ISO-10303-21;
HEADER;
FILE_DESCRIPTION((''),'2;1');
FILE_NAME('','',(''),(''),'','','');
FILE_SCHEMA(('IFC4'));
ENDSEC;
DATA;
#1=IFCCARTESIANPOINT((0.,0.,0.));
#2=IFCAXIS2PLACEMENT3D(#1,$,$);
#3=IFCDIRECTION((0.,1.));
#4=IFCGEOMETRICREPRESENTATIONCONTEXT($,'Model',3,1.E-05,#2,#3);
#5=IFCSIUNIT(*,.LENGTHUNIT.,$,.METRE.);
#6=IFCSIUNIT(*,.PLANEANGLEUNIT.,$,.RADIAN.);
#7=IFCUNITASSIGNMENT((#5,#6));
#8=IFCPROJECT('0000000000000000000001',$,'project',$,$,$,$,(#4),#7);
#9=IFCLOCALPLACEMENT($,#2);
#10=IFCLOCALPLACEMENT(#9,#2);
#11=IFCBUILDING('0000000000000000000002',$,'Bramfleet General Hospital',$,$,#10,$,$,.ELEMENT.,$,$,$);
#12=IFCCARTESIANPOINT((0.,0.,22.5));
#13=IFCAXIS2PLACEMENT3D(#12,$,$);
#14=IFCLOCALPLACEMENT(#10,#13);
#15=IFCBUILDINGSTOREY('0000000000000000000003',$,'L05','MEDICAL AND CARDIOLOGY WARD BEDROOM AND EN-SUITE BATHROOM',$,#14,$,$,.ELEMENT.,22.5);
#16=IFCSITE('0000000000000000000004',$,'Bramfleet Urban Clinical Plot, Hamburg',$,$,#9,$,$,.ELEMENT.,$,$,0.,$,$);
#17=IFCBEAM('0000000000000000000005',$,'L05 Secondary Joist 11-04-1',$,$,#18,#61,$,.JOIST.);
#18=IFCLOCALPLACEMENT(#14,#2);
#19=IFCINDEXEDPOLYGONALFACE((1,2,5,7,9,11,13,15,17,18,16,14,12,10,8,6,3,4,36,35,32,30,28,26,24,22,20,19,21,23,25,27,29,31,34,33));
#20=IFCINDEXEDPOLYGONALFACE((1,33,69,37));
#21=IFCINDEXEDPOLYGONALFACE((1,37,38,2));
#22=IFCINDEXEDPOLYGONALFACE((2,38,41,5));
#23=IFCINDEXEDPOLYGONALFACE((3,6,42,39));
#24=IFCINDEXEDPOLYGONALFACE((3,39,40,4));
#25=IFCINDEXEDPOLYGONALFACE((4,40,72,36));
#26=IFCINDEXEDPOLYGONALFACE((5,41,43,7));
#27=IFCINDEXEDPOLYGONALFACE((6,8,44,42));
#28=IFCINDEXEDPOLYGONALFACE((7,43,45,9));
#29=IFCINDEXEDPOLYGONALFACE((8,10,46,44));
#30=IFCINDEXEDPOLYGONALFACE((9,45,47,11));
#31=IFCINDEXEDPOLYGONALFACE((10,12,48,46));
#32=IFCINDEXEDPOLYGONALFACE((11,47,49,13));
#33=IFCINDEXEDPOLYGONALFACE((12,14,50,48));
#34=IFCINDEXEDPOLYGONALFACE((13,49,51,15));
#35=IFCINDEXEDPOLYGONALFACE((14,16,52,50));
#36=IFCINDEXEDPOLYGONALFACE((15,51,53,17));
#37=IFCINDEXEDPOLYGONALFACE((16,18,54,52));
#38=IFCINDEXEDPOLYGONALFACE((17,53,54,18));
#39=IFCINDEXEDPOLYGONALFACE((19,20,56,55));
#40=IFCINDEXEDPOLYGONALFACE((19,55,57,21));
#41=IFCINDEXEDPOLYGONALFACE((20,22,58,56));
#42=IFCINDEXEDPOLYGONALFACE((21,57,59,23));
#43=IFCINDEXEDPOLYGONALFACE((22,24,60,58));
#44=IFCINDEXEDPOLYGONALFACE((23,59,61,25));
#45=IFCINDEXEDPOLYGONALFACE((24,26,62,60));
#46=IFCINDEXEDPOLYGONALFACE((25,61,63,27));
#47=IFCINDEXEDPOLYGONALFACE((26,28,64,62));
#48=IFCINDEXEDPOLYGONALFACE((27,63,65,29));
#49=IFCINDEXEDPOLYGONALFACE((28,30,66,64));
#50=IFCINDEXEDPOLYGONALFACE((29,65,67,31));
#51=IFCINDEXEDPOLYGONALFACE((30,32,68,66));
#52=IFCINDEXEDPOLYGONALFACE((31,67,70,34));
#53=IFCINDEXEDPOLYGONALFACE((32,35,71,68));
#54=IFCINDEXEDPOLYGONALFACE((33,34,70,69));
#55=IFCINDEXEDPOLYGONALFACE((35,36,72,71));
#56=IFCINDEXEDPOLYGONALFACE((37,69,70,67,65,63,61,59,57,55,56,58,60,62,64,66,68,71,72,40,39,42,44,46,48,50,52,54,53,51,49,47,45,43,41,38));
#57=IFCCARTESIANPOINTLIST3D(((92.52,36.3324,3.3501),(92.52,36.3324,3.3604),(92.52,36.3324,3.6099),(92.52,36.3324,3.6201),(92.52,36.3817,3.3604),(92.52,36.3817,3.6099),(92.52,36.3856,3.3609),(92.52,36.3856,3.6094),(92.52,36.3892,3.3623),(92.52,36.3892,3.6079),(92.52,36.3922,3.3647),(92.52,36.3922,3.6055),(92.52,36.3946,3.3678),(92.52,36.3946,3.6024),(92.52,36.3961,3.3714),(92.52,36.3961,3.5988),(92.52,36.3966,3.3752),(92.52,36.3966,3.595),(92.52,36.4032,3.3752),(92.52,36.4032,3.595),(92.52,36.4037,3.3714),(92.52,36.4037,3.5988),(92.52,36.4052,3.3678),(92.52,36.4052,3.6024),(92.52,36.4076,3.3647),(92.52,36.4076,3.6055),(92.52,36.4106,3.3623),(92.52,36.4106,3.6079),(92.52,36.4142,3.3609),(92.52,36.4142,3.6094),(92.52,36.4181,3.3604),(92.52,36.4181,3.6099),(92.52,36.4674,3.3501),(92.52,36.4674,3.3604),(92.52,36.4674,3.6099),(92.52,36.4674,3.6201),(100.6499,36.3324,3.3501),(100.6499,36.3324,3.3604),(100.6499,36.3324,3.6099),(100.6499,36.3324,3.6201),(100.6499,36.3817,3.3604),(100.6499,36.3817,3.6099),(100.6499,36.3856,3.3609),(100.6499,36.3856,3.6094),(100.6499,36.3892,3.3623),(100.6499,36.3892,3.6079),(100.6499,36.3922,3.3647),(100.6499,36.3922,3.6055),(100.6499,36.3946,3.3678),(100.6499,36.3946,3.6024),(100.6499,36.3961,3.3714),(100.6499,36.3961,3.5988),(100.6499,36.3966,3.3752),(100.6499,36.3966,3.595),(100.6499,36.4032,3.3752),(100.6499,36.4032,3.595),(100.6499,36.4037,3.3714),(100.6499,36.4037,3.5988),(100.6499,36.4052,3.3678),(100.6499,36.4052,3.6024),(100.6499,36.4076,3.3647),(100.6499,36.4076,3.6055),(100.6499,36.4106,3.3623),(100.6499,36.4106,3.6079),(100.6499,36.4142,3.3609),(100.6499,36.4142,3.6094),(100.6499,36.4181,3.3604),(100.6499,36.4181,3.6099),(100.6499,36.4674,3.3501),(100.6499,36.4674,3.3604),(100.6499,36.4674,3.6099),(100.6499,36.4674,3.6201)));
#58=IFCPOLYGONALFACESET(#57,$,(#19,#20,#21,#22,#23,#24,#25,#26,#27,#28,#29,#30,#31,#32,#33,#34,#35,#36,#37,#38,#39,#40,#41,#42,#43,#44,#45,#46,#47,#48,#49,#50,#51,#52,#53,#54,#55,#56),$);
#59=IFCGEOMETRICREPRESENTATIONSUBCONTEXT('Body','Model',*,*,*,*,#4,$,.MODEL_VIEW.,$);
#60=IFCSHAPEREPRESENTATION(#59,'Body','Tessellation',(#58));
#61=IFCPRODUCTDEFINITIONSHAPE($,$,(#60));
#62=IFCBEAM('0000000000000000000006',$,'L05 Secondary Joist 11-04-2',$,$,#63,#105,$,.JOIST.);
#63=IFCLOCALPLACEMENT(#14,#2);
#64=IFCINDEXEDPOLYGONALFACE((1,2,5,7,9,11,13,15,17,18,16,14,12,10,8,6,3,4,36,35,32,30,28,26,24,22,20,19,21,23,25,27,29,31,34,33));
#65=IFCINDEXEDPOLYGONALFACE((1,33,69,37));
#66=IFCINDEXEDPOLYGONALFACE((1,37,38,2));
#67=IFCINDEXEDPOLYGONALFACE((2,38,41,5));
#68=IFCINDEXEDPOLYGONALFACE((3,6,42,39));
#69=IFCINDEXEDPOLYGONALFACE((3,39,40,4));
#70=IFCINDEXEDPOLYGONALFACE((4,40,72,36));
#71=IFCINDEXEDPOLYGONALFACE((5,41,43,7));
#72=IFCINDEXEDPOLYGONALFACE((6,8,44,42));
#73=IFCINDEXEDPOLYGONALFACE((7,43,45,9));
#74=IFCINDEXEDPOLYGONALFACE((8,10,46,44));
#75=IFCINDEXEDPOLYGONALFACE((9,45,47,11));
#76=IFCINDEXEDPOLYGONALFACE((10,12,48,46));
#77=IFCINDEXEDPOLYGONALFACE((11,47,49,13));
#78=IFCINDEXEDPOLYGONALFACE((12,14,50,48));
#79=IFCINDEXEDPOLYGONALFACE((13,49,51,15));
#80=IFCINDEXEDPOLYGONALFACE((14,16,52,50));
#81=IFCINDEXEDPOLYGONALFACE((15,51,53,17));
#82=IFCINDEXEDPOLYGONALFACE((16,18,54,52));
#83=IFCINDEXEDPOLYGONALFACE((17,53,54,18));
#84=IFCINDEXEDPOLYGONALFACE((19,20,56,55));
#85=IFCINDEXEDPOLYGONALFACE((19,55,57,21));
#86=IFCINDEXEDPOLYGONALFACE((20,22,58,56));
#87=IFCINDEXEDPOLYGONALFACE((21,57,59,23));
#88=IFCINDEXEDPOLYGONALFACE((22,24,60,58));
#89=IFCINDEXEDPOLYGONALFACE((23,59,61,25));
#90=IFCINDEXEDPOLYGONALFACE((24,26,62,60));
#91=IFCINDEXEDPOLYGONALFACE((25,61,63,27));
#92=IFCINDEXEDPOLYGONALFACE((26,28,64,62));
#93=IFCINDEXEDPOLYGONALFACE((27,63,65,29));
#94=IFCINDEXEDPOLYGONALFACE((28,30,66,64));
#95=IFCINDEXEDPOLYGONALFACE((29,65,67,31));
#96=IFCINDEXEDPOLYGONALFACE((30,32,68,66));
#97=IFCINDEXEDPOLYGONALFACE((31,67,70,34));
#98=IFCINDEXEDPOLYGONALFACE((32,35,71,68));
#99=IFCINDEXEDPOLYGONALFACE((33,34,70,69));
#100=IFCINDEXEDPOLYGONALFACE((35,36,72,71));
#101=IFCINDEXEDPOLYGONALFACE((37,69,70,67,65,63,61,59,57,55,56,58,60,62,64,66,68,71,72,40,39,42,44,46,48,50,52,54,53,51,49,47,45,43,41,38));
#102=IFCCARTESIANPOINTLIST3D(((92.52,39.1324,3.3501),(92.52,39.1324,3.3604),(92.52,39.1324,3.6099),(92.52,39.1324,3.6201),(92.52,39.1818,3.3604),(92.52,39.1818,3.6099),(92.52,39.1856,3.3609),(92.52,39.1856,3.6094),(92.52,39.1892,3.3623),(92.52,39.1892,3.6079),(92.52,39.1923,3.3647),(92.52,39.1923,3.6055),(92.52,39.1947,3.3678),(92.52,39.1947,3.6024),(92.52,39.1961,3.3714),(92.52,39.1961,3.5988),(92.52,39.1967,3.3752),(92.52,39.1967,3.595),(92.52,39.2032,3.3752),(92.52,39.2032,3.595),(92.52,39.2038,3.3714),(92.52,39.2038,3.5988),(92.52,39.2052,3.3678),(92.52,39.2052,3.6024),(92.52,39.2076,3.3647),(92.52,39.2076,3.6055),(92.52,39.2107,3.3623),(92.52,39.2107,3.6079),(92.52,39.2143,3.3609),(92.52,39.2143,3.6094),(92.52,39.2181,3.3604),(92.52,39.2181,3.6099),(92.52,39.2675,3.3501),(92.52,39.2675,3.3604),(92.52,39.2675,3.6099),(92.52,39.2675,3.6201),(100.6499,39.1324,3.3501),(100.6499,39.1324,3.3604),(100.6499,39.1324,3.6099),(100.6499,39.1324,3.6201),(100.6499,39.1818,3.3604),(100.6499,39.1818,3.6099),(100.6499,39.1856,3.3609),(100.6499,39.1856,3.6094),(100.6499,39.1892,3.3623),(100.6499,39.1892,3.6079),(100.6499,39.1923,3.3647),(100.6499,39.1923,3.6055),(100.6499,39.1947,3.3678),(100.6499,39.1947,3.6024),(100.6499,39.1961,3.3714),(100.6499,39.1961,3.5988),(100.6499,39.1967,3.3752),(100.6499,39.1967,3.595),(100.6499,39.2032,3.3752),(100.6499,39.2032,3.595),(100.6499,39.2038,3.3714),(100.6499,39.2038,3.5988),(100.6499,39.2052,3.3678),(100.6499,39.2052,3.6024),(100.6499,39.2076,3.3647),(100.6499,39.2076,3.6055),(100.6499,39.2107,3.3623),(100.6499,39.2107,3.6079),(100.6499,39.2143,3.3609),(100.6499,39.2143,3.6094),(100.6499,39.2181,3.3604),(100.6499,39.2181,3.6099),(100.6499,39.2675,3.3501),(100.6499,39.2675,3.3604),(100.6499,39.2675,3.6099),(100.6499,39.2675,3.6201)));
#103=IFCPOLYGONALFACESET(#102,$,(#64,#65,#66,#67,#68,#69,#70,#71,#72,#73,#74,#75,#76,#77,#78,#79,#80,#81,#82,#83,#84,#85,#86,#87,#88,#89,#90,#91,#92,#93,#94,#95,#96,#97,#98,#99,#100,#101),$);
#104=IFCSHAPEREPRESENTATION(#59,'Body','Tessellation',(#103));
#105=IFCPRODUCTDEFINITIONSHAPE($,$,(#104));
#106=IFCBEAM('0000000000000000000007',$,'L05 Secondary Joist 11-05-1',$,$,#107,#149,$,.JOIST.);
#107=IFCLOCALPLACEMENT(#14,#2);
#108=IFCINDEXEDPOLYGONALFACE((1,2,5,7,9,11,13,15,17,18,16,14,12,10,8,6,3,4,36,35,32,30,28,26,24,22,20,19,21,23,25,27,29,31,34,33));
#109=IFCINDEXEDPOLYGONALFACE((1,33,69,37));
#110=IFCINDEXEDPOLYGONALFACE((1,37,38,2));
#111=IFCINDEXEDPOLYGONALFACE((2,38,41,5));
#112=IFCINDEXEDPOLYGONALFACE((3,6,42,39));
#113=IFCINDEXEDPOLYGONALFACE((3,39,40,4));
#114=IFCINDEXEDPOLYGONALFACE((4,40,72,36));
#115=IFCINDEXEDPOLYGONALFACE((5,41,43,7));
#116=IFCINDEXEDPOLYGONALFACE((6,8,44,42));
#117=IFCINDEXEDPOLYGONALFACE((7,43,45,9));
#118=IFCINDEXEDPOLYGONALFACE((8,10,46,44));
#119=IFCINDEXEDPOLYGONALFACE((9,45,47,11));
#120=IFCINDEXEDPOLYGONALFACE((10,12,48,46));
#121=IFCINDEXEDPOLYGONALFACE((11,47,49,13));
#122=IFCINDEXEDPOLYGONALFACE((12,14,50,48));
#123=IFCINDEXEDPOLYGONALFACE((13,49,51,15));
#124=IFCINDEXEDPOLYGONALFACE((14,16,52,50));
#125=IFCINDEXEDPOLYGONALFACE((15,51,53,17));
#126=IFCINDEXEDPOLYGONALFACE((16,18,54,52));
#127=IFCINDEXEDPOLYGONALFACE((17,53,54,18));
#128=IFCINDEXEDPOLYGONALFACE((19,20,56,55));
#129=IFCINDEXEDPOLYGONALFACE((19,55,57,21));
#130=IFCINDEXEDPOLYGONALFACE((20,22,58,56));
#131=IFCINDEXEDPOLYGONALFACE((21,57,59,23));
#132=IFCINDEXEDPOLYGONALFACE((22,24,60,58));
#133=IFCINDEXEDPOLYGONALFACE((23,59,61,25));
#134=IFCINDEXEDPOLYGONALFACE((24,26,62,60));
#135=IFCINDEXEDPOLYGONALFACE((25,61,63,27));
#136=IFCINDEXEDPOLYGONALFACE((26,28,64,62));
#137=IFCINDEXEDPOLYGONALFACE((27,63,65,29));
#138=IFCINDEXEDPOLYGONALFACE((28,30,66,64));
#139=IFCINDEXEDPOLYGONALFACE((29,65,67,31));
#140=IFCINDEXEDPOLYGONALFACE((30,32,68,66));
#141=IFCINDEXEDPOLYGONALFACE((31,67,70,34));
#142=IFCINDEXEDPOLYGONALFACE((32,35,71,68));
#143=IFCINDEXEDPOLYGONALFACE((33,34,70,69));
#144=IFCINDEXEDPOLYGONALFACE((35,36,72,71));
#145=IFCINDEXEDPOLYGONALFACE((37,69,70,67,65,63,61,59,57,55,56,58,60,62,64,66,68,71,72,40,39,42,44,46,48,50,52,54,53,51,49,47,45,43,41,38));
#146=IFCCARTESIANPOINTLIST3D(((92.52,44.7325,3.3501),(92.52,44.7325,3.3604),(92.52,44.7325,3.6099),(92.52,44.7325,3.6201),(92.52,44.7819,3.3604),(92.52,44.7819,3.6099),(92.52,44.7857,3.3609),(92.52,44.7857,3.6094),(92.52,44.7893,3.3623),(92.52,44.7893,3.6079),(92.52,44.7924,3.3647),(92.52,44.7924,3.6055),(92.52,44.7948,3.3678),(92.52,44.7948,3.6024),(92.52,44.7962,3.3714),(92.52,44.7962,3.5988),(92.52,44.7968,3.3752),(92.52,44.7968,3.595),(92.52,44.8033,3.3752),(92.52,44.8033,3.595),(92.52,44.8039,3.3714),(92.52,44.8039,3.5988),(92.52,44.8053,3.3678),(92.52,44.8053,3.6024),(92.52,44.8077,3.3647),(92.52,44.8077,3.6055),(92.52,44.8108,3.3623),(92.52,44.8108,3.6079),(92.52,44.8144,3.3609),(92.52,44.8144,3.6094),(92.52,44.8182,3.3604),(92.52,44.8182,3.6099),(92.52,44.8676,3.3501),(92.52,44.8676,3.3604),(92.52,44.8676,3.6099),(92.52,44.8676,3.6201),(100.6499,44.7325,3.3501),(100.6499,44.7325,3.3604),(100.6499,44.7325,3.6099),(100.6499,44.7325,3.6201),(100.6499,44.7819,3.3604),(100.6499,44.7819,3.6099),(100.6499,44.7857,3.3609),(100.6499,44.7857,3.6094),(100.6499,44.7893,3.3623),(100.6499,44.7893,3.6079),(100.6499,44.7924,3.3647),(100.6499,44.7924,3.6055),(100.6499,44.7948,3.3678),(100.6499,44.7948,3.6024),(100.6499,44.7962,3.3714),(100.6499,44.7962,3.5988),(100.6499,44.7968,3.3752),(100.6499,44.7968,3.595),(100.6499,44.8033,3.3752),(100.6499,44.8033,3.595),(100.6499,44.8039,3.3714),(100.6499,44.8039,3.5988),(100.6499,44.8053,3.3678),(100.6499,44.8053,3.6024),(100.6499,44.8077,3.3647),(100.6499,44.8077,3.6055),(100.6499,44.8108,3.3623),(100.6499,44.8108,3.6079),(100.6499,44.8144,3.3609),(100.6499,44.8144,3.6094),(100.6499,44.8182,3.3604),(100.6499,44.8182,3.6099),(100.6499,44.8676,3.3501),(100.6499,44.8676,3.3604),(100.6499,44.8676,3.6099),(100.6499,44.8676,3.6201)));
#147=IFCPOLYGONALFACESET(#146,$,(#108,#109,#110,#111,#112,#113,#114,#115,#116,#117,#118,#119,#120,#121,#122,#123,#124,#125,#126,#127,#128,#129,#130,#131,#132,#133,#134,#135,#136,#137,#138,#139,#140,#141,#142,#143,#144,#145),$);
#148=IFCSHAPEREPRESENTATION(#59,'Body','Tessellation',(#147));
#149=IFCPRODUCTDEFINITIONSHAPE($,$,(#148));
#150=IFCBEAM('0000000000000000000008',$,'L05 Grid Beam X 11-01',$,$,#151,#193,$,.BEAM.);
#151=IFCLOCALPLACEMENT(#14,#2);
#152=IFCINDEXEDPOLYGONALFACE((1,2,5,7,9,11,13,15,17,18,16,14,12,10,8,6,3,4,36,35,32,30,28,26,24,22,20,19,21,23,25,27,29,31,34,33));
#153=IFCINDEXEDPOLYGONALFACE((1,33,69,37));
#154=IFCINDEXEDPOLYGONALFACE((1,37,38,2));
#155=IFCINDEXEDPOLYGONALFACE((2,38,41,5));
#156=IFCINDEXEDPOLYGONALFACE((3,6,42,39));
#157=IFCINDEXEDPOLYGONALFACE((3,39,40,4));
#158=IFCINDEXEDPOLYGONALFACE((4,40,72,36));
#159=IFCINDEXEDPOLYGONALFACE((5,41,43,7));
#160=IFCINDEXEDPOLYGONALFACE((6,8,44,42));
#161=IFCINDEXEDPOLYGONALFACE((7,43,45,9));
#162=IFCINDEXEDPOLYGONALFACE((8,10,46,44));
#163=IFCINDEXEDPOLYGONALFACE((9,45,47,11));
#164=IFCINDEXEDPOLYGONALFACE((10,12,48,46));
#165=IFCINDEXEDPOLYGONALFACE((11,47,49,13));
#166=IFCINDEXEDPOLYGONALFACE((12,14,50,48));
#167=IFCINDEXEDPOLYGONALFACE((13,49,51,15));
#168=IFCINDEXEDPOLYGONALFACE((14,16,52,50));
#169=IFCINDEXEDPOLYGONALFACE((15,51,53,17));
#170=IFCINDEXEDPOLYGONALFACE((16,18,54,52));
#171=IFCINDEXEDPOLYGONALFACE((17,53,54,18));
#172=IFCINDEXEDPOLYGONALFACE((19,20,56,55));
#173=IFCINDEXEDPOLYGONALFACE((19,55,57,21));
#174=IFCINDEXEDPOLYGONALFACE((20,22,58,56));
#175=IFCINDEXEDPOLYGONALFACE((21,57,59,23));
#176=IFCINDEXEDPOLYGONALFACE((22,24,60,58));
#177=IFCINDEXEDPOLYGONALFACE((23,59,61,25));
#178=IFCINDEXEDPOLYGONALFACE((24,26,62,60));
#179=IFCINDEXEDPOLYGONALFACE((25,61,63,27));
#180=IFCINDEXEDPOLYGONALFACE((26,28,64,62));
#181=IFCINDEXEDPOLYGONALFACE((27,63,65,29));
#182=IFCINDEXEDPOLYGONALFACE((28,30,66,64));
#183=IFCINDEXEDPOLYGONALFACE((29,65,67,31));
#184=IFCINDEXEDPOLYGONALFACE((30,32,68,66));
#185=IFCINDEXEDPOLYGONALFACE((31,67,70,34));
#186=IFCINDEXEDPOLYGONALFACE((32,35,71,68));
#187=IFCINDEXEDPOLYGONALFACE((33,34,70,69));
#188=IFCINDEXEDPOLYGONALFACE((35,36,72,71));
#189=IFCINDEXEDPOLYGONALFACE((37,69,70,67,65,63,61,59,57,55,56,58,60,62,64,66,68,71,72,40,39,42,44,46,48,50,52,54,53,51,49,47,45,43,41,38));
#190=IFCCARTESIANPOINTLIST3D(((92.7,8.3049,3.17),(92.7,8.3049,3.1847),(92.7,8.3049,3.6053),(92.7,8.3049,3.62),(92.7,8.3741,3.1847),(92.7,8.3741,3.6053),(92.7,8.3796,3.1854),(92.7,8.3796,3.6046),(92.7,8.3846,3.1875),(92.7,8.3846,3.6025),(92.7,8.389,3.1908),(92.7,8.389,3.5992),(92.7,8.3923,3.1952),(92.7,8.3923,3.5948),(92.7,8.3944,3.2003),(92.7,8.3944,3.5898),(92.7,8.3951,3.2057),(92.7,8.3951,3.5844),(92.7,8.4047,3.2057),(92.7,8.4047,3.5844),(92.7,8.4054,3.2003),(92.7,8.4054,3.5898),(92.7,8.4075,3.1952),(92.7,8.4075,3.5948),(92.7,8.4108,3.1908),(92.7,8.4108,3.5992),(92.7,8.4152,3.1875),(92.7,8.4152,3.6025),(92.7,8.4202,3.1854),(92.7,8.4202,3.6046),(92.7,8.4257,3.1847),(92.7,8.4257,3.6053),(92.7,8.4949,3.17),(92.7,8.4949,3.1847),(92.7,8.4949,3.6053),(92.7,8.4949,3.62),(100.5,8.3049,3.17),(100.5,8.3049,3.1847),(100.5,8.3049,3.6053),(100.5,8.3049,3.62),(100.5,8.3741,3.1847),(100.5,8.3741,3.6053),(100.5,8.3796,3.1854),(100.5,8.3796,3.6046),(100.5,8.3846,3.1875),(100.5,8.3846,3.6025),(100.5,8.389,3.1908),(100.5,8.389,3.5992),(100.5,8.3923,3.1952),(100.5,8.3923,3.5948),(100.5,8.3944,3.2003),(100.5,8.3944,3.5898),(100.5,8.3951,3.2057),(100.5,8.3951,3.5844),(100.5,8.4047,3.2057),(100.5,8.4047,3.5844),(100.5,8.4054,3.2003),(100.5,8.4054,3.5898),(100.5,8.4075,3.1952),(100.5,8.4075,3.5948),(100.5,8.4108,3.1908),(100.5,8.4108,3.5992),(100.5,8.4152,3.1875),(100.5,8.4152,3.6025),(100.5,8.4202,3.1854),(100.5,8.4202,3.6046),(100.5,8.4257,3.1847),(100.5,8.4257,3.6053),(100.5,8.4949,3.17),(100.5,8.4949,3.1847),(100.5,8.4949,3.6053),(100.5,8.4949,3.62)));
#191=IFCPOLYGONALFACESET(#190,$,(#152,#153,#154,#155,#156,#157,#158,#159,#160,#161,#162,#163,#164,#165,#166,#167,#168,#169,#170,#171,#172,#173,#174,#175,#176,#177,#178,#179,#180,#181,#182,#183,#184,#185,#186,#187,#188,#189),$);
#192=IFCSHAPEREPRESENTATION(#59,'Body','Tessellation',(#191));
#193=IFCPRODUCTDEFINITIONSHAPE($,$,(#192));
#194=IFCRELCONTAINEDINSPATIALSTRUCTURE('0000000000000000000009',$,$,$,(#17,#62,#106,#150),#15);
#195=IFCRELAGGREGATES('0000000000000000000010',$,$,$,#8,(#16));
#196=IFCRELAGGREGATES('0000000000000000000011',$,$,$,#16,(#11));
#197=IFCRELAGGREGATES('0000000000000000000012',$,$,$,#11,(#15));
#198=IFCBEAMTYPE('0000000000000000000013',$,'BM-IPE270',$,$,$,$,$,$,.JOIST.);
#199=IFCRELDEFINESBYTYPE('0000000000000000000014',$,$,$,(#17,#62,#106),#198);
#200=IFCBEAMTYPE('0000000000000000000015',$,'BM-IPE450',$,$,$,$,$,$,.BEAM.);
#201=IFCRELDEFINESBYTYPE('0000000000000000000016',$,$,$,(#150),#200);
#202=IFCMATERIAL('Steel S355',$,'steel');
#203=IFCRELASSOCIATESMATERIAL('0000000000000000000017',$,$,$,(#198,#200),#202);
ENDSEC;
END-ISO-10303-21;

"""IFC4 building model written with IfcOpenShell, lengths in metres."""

from ifc_helpers import new_model, si_unit, direction, frame, origin, origin_2d, place, context, subcontext, project, spatial, i_section, extrude, material, material_profile, profile_set, type_object, element, save


model = new_model("IFC4")

# Units and contexts
model_context = context("Model", 3, precision=1e-05, world=origin(), true_north=direction((0.0, 1.0)))
body_context = subcontext(model_context, "Body", "Model", "MODEL_VIEW")
ifc_project = project(units=[si_unit("LENGTHUNIT", "METRE"), si_unit("PLANEANGLEUNIT", "RADIAN")], contexts=[model_context])

# Site, building, storey
site_placement = place(None, origin())
site = spatial("IfcSite", under=ifc_project, at=site_placement, Name="Bramfleet Urban Clinical Plot, Hamburg", CompositionType="ELEMENT", RefElevation=0.0)
building_placement = place(site_placement, origin())
building = spatial("IfcBuilding", under=site, at=building_placement, Name="Bramfleet General Hospital", CompositionType="ELEMENT")
storey_placement = place(building_placement, frame((0.0, 0.0, 22.5)))
storey = spatial("IfcBuildingStorey", under=building, at=storey_placement, Name="L05", Description="MEDICAL AND CARDIOLOGY WARD BEDROOM AND EN-SUITE BATHROOM", CompositionType="ELEMENT", Elevation=22.5)

# Beams
ifc_material_1 = material(Name="Steel S355", Category="steel")
ifc_material_profile_1 = material_profile(ifc_material_1, i_section(OverallWidth=0.135, OverallDepth=0.27, WebThickness=0.0066, FlangeThickness=0.0103, FilletRadius=0.0149, at=origin_2d()), Name="IPE 270")
ifc_profile_set_1 = profile_set([ifc_material_profile_1], Name="Steel S355")
beam_type_1 = type_object("IfcBeamType", Name="BM-IPE270", PredefinedType="JOIST", material=ifc_profile_set_1)
for number, where, z_axis, x_axis, name in (
    (1, (92.52, 36.3999, 3.4851), (1.0, 0.0, 0.0), (0.0, 1.0, 0.0), "L05 Secondary Joist 11-04-1"),
    (2, (92.52, 39.2, 3.4851), (1.0, 0.0, 0.0), (0.0, 1.0, 0.0), "L05 Secondary Joist 11-04-2"),
    (3, (92.52, 44.8, 3.4851), (1.0, 0.0, 0.0), (0.0, 1.0, 0.0), "L05 Secondary Joist 11-05-1"),
):
    element("IfcBeam", number, at=place(storey_placement, frame(where, z_axis=z_axis, x_axis=x_axis)), inside=storey, type_object=beam_type_1, Name=name, PredefinedType="JOIST", context=body_context, shape_type="SweptSolid", body=[
        extrude(i_section(OverallWidth=0.135, OverallDepth=0.27, WebThickness=0.0066, FlangeThickness=0.0103, FilletRadius=0.0149, at=origin_2d()), origin(), (0.0, 0.0, 1.0), 8.1299),
    ])
ifc_material_profile_2 = material_profile(ifc_material_1, i_section(OverallWidth=0.1899, OverallDepth=0.45, WebThickness=0.0095, FlangeThickness=0.0146, FilletRadius=0.021, at=origin_2d()), Name="IPE 450")
ifc_profile_set_2 = profile_set([ifc_material_profile_2], Name="Steel S355")
beam_type_2 = type_object("IfcBeamType", Name="BM-IPE450", PredefinedType="BEAM", material=ifc_profile_set_2)
for number, where, z_axis, x_axis, name in (
    (4, (92.7, 8.3999, 3.395), (1.0, 0.0, 0.0), (0.0, 1.0, 0.0), "L05 Grid Beam X 11-01"),
):
    element("IfcBeam", number, at=place(storey_placement, frame(where, z_axis=z_axis, x_axis=x_axis)), inside=storey, type_object=beam_type_2, Name=name, PredefinedType="BEAM", context=body_context, shape_type="SweptSolid", body=[
        extrude(i_section(OverallWidth=0.1899, OverallDepth=0.45, WebThickness=0.0095, FlangeThickness=0.0146, FilletRadius=0.021, at=origin_2d()), origin(), (0.0, 0.0, 1.0), 7.8),
    ])

save(model, "model.ifc")
